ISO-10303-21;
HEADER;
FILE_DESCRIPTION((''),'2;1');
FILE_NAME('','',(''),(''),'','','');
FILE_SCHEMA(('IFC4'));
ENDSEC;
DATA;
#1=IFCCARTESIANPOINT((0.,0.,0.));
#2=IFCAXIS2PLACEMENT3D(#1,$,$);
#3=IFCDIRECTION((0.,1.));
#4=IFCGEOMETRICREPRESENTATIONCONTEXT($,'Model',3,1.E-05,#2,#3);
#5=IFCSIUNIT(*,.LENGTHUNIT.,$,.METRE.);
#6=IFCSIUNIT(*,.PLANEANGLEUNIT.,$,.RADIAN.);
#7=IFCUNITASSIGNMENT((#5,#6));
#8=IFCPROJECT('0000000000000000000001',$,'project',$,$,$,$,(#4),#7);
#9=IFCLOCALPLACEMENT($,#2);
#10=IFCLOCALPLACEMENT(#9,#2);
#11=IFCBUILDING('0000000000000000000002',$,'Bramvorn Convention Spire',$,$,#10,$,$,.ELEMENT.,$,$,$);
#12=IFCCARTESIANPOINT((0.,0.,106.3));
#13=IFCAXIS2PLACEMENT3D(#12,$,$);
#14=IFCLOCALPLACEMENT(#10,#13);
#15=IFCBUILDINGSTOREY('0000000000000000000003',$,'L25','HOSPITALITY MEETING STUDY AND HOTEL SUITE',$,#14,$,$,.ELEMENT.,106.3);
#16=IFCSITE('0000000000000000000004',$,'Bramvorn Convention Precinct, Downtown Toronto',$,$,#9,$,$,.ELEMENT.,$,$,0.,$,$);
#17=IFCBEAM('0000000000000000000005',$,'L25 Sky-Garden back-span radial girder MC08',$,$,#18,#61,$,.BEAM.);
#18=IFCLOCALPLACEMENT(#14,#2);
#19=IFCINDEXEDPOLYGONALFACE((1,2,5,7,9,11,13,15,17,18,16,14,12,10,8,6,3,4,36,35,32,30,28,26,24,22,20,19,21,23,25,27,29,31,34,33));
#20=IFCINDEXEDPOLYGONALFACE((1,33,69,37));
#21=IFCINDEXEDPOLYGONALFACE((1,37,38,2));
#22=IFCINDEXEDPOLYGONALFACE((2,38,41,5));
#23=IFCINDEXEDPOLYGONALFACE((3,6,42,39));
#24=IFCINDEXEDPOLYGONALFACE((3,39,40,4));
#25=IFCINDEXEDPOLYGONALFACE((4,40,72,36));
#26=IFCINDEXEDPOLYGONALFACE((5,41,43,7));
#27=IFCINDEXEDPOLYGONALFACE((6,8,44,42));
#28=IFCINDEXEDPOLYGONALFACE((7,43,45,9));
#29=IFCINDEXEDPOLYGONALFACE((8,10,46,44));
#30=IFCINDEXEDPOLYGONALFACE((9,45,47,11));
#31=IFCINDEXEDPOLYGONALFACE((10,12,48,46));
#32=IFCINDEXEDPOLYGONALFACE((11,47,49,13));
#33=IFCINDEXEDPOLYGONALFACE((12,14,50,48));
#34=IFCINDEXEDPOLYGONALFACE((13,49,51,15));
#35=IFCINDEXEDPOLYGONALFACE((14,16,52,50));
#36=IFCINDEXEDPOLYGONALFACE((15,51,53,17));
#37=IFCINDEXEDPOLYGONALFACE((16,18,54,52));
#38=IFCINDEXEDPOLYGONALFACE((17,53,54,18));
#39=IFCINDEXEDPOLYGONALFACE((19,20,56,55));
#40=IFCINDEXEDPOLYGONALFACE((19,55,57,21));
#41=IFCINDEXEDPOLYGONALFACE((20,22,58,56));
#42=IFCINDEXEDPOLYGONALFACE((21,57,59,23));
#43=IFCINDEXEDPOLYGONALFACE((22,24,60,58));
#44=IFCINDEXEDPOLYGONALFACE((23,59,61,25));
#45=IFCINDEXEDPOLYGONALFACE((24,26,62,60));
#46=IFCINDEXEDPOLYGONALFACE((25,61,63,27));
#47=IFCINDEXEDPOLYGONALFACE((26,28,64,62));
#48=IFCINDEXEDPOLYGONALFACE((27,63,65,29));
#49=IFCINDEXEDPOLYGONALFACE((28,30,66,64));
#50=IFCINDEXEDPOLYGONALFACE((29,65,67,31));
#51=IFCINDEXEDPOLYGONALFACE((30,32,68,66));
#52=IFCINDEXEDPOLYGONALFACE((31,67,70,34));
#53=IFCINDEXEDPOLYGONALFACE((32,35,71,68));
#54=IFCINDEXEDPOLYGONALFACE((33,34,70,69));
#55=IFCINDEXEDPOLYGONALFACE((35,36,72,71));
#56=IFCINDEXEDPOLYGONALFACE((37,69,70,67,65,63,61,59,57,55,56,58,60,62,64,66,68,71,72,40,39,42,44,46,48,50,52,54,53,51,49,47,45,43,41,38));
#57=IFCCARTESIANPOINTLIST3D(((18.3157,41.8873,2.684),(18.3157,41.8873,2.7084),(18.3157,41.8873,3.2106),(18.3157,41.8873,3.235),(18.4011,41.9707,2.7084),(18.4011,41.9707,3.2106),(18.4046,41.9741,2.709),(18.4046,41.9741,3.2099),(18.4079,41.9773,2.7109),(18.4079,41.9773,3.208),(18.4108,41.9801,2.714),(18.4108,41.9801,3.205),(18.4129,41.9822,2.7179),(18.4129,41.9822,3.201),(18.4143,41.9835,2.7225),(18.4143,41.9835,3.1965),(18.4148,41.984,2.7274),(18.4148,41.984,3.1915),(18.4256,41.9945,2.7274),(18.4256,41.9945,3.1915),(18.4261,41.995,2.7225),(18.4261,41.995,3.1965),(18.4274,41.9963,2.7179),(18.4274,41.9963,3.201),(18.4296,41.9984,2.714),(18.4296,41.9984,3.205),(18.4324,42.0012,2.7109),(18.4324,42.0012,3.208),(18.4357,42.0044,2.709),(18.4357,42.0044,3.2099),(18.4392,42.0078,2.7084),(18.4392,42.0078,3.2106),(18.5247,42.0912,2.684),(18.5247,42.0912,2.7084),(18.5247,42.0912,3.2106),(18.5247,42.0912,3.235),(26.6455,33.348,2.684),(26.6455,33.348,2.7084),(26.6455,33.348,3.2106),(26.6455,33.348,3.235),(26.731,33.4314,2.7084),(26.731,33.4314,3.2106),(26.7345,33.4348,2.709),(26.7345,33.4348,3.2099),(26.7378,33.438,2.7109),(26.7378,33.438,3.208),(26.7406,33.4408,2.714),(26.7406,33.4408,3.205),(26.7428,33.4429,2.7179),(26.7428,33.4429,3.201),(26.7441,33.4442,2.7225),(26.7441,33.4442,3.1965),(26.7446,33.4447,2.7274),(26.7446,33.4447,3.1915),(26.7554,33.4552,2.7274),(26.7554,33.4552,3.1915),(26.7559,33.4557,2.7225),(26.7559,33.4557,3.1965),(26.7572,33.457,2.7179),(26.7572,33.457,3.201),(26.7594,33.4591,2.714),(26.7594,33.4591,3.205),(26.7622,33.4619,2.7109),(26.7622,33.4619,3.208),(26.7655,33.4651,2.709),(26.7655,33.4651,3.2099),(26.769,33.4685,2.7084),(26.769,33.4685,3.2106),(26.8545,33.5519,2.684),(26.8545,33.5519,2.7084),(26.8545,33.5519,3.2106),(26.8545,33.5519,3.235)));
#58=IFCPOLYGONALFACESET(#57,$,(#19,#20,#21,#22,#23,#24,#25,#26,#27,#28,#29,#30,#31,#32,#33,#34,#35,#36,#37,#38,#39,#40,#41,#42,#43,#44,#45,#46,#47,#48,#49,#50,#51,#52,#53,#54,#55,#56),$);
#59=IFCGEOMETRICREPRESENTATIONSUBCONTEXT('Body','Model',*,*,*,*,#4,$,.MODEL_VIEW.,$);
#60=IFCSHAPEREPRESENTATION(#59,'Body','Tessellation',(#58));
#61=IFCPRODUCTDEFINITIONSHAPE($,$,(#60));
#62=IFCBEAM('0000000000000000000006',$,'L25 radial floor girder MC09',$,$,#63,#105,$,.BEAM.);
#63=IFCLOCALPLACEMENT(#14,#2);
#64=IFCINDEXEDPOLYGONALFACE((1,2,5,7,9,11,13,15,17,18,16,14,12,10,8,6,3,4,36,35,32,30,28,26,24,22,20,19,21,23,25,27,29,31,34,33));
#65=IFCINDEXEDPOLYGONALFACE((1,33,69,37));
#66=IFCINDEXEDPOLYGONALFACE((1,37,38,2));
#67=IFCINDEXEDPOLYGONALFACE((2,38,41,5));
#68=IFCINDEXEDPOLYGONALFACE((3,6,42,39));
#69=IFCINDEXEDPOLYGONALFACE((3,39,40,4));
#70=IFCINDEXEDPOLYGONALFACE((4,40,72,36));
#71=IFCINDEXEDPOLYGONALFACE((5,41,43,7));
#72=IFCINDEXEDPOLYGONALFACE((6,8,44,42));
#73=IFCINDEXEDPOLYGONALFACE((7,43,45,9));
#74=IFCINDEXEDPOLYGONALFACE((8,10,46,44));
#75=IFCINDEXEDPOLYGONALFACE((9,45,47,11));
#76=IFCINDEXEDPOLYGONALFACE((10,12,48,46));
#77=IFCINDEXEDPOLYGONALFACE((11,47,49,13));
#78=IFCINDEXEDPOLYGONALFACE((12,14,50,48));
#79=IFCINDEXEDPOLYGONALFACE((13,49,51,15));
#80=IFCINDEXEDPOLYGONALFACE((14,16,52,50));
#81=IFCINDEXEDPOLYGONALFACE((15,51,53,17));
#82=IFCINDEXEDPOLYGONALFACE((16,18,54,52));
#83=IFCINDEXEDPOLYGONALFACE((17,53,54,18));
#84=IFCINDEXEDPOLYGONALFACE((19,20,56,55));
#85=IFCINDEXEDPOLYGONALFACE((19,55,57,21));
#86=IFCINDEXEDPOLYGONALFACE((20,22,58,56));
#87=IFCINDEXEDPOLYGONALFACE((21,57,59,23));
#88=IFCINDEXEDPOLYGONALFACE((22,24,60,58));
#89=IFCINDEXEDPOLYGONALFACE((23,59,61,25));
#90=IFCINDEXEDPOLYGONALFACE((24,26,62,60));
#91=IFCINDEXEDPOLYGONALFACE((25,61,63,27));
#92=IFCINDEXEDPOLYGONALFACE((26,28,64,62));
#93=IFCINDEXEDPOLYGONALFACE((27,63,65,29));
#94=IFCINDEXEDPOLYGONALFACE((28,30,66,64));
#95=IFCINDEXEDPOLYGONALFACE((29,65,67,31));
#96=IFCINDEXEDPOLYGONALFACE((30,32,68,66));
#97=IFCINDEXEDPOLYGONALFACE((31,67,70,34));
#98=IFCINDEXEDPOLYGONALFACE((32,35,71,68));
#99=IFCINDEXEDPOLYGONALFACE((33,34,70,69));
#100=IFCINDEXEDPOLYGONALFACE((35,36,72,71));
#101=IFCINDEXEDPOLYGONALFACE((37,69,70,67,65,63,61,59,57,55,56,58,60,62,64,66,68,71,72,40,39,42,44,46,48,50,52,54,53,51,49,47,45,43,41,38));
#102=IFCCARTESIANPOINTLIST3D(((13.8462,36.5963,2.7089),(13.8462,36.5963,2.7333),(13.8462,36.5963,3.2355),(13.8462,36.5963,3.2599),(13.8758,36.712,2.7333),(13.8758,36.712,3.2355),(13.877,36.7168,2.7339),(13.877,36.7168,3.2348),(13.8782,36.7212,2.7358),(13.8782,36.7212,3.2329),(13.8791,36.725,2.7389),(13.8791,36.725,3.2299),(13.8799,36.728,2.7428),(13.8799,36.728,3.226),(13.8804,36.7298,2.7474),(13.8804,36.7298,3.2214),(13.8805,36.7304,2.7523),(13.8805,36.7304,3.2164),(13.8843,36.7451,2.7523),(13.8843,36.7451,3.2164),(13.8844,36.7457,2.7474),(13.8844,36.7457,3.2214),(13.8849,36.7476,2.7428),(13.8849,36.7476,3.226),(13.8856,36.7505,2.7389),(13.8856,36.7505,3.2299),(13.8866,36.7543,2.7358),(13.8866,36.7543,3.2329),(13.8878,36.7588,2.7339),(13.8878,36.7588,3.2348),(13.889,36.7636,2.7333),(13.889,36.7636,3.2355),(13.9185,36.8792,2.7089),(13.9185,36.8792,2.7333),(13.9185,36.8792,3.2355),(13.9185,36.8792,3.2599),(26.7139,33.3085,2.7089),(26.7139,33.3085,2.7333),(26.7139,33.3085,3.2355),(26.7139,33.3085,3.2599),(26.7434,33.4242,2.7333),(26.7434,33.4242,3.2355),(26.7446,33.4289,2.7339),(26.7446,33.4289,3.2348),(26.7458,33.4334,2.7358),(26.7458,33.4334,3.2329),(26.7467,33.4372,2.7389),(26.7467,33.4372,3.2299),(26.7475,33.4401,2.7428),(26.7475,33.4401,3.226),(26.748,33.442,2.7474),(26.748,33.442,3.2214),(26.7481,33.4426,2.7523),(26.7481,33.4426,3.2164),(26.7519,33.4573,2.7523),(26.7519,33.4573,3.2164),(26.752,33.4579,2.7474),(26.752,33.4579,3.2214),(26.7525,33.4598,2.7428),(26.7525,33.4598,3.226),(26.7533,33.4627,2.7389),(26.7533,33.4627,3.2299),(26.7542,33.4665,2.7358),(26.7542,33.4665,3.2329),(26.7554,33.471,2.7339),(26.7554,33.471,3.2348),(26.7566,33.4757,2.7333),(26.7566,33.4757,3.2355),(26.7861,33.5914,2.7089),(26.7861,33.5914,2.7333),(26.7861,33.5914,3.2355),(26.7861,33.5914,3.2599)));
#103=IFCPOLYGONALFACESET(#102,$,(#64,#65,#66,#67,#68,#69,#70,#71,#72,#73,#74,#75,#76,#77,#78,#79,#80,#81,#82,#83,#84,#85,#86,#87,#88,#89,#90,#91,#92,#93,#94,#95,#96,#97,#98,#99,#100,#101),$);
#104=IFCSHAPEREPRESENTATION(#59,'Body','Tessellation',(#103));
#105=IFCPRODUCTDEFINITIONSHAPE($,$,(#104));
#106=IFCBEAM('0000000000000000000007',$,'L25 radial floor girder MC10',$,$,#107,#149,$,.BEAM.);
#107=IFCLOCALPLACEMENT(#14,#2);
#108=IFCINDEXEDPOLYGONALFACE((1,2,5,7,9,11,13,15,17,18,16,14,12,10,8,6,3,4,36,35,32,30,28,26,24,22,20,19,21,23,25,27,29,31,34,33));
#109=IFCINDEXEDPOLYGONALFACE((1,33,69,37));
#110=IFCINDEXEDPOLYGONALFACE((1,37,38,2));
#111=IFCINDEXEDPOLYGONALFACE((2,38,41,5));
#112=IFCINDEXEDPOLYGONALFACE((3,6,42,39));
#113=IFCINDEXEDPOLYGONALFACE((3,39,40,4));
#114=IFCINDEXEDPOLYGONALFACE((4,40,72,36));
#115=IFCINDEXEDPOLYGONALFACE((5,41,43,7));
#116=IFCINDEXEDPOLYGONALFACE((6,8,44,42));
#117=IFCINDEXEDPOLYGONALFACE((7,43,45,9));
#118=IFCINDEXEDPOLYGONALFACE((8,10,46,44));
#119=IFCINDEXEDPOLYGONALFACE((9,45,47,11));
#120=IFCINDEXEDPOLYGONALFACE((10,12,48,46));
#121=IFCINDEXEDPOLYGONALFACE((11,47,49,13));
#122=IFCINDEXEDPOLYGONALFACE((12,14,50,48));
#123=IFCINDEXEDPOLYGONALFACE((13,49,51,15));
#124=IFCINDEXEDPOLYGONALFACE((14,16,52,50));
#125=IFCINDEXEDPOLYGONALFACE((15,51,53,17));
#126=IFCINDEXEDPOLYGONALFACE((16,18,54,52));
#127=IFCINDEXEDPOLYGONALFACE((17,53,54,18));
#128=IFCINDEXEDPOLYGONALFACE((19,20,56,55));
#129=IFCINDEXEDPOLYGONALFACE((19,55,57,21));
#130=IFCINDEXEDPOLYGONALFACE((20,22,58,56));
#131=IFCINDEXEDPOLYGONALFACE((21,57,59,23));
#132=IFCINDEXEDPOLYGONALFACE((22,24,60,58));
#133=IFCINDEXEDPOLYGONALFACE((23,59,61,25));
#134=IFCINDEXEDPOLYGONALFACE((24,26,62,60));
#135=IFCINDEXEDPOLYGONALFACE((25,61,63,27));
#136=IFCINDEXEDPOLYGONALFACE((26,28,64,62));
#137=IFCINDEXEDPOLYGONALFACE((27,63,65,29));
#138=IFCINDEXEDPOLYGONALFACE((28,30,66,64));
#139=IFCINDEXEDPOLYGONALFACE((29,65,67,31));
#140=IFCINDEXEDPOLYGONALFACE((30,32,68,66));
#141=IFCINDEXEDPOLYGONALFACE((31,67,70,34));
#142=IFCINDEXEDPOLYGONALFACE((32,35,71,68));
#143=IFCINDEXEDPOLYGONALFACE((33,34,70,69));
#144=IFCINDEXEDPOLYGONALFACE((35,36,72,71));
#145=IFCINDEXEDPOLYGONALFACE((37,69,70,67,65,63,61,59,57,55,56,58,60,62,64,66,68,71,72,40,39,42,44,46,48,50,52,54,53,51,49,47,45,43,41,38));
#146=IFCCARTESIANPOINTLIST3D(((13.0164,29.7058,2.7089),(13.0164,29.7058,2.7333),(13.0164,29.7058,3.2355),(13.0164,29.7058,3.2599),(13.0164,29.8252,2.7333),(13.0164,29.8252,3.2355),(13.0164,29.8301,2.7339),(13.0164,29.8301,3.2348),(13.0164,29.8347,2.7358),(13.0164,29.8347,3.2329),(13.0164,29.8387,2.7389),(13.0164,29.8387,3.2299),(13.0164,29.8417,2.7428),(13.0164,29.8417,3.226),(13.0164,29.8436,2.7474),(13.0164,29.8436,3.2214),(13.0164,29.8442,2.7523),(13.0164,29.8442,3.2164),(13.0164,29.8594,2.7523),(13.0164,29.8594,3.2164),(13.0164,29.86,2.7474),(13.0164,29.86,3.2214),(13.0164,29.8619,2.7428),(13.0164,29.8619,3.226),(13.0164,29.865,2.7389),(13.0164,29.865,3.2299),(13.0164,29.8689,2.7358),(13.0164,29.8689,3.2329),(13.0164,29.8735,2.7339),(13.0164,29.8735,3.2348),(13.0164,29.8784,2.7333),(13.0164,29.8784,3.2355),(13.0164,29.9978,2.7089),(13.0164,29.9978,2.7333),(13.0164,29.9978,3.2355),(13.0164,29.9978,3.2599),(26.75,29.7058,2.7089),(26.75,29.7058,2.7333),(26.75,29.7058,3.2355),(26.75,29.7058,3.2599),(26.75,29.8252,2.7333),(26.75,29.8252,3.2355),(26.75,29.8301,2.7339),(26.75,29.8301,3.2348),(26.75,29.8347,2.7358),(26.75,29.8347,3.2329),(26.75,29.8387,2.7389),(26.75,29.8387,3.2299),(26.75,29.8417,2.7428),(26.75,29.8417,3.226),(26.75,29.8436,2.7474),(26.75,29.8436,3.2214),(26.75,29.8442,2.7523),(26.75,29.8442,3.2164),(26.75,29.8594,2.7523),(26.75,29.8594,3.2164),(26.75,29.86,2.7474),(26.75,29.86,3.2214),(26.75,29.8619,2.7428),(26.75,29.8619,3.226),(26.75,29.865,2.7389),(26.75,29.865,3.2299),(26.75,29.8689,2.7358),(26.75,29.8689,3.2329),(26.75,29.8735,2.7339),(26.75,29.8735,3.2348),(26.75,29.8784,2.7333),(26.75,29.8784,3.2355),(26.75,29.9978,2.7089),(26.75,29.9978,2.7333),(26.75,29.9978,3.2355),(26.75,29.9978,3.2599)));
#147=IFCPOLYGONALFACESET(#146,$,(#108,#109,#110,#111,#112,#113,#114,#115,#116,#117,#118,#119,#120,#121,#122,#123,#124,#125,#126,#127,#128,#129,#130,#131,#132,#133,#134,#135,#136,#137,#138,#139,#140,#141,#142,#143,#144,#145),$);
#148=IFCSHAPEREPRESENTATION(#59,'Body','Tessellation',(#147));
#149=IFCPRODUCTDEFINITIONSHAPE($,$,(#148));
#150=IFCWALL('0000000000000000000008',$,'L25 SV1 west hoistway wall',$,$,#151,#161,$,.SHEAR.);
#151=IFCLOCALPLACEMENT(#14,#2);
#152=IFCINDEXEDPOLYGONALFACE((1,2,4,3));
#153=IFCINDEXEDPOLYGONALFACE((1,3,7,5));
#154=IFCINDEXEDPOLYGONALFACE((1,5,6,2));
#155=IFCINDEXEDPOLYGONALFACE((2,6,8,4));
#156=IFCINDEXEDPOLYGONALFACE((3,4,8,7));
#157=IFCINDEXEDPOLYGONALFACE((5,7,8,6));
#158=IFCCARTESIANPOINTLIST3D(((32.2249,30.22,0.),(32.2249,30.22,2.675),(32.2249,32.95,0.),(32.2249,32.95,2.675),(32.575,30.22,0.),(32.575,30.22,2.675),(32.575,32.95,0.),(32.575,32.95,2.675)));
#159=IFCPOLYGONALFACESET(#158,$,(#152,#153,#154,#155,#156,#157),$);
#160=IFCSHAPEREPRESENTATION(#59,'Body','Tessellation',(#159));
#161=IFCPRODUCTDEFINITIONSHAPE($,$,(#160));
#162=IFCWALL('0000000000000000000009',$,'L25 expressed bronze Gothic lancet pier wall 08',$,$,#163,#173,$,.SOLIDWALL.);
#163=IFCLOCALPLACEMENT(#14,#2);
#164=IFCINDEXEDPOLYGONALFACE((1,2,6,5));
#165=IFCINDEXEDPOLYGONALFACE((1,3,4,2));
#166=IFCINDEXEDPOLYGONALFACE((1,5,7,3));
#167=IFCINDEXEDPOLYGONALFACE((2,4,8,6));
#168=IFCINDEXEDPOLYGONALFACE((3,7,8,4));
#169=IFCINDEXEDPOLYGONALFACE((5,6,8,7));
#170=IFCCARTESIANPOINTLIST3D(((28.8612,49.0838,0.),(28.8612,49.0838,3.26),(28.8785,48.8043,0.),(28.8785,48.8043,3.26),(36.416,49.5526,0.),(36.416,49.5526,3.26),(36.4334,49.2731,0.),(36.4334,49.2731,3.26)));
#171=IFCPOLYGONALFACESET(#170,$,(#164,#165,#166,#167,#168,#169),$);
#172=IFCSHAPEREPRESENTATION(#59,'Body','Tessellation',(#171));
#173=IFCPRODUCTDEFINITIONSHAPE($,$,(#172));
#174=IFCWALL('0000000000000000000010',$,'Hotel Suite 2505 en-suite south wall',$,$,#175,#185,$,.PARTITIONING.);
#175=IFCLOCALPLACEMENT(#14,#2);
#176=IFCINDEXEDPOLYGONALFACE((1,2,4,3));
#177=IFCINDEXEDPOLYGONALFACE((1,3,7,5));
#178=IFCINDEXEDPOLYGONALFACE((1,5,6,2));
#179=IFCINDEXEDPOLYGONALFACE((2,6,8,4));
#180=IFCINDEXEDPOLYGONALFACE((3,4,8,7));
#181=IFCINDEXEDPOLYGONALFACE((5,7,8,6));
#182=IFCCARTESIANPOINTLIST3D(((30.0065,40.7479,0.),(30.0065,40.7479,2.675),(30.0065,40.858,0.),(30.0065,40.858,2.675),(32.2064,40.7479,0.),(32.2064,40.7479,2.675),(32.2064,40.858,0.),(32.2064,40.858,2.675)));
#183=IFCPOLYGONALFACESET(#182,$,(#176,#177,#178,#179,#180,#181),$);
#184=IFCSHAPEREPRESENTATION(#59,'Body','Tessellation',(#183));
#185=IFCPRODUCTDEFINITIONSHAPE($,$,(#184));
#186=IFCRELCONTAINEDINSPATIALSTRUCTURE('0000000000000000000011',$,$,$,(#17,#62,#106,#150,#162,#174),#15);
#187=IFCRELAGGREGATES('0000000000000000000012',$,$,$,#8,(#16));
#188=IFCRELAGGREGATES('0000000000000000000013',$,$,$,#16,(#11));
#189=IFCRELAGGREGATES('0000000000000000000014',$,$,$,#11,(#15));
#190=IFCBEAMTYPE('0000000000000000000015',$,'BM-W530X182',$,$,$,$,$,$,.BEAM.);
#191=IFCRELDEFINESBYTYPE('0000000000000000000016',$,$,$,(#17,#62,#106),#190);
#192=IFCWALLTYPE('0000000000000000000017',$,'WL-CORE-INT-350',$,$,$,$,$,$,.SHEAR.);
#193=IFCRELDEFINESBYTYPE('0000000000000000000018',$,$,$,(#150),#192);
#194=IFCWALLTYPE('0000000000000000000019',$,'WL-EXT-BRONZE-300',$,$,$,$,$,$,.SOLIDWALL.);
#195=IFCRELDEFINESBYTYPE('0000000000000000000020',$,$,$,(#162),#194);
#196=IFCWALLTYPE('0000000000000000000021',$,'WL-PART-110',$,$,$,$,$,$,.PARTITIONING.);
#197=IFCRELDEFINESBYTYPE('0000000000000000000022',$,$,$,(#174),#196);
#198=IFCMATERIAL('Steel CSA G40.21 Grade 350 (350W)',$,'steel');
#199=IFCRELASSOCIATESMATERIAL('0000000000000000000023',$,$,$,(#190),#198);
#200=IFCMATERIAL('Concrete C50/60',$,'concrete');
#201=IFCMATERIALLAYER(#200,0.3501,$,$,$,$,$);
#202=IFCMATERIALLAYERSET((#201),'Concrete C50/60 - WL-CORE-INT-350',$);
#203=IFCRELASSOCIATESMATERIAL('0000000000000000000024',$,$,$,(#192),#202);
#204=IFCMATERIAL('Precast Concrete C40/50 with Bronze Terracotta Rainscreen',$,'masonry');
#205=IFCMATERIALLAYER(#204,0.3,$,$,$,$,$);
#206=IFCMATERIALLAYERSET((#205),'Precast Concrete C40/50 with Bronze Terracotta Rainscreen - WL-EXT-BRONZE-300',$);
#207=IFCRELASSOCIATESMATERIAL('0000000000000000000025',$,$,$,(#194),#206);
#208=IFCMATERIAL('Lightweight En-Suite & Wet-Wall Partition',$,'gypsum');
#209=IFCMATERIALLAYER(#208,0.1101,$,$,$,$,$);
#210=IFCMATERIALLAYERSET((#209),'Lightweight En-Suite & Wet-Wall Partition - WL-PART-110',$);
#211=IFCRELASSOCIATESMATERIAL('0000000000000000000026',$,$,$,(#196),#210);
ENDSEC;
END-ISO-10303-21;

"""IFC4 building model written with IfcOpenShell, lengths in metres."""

from ifc_helpers import new_model, si_unit, direction, frame, frame_2d, origin, origin_2d, place, context, subcontext, project, spatial, rectangle, i_section, extrude, material, layer, layer_set, material_profile, profile_set, type_object, element, save


model = new_model("IFC4")

# Units and contexts
model_context = context("Model", 3, precision=1e-05, world=origin(), true_north=direction((0.0, 1.0)))
body_context = subcontext(model_context, "Body", "Model", "MODEL_VIEW")
ifc_project = project(units=[si_unit("LENGTHUNIT", "METRE"), si_unit("PLANEANGLEUNIT", "RADIAN")], contexts=[model_context])

# Site, building, storey
site_placement = place(None, origin())
site = spatial("IfcSite", under=ifc_project, at=site_placement, Name="Bramvorn Convention Precinct, Downtown Toronto", CompositionType="ELEMENT", RefElevation=0.0)
building_placement = place(site_placement, origin())
building = spatial("IfcBuilding", under=site, at=building_placement, Name="Bramvorn Convention Spire", CompositionType="ELEMENT")
storey_placement = place(building_placement, frame((0.0, 0.0, 106.3)))
storey = spatial("IfcBuildingStorey", under=building, at=storey_placement, Name="L25", Description="HOSPITALITY MEETING STUDY AND HOTEL SUITE", CompositionType="ELEMENT", Elevation=106.3)

# Beams
ifc_material_1 = material(Name="Steel CSA G40.21 Grade 350 (350W)", Category="steel")
ifc_material_profile_1 = material_profile(ifc_material_1, i_section(OverallWidth=0.292, OverallDepth=0.551, WebThickness=0.0151, FlangeThickness=0.0244, FilletRadius=0.019, at=origin_2d()))
ifc_profile_set_1 = profile_set([ifc_material_profile_1], Name="Steel CSA G40.21 Grade 350 (350W) - W530X182")
beam_type_1 = type_object("IfcBeamType", Name="BM-W530X182", PredefinedType="BEAM", material=ifc_profile_set_1)
beam_1_placement = place(storey_placement, frame((26.75, 33.45, 2.9595), z_axis=(-0.698272, 0.715832, 0.0), x_axis=(-0.715832, -0.698272, 0.0)))
element("IfcBeam", 1, at=beam_1_placement, inside=storey, type_object=beam_type_1, Name="L25 Sky-Garden back-span radial girder MC08", PredefinedType="BEAM", context=body_context, shape_type="SweptSolid", body=[
    extrude(i_section(OverallWidth=0.292, OverallDepth=0.551, WebThickness=0.0151, FlangeThickness=0.0244, FilletRadius=0.019, at=origin_2d()), origin(), (0.0, 0.0, 1.0), 11.9292),
])
beam_2_placement = place(storey_placement, frame((26.75, 33.45, 2.9844), z_axis=(-0.968873, 0.247558, 0.0), x_axis=(-0.247558, -0.968873, 0.0)))
element("IfcBeam", 2, at=beam_2_placement, inside=storey, type_object=beam_type_1, Name="L25 radial floor girder MC09", PredefinedType="BEAM", context=body_context, shape_type="SweptSolid", body=[
    extrude(i_section(OverallWidth=0.292, OverallDepth=0.551, WebThickness=0.0151, FlangeThickness=0.0244, FilletRadius=0.019, at=origin_2d()), origin(), (0.0, 0.0, 1.0), 13.281),
])
beam_3_placement = place(storey_placement, frame((26.75, 29.8518, 2.9844), z_axis=(-1.0, 0.0, 0.0), x_axis=(0.0, -1.0, 0.0)))
element("IfcBeam", 3, at=beam_3_placement, inside=storey, type_object=beam_type_1, Name="L25 radial floor girder MC10", PredefinedType="BEAM", context=body_context, shape_type="SweptSolid", body=[
    extrude(i_section(OverallWidth=0.292, OverallDepth=0.551, WebThickness=0.0151, FlangeThickness=0.0244, FilletRadius=0.019, at=origin_2d()), origin(), (0.0, 0.0, 1.0), 13.7336),
])

# Shared definitions
ifc_material_2 = material(Name="Concrete C50/60", Category="concrete")
ifc_layer_1 = layer(ifc_material_2, 0.3501)
ifc_layer_set_1 = layer_set([ifc_layer_1], Name="Concrete C50/60 - WL-CORE-INT-350")
wall_type_1 = type_object("IfcWallType", Name="WL-CORE-INT-350", PredefinedType="SHEAR", material=ifc_layer_set_1)

# Walls
wall_1_placement = place(storey_placement, frame((32.3999, 30.22, 0.0), z_axis=(0.0, 0.0, 1.0), x_axis=(0.0, 1.0, 0.0)))
element("IfcWall", 4, at=wall_1_placement, inside=storey, type_object=wall_type_1, Name="L25 SV1 west hoistway wall", PredefinedType="SHEAR", context=body_context, shape_type="SweptSolid", body=[
    extrude(rectangle(XDim=2.73, YDim=0.3501, at=frame_2d((1.365, 0.0))), origin(), (0.0, 0.0, 1.0), 2.675),
])
ifc_material_3 = material(Name="Precast Concrete C40/50 with Bronze Terracotta Rainscreen", Category="masonry")
ifc_layer_2 = layer(ifc_material_3, 0.3)
ifc_layer_set_2 = layer_set([ifc_layer_2], Name="Precast Concrete C40/50 with Bronze Terracotta Rainscreen - WL-EXT-BRONZE-300")
wall_type_2 = type_object("IfcWallType", Name="WL-EXT-BRONZE-300", PredefinedType="SOLIDWALL", material=ifc_layer_set_2)
wall_2_placement = place(storey_placement, frame((28.8699, 48.9441, 0.0), z_axis=(0.0, 0.0, 1.0), x_axis=(0.998081, 0.061928, 0.0)))
element("IfcWall", 5, at=wall_2_placement, inside=storey, type_object=wall_type_2, Name="L25 expressed bronze Gothic lancet pier wall 08", PredefinedType="SOLIDWALL", context=body_context, shape_type="SweptSolid", body=[
    extrude(rectangle(XDim=7.5693, YDim=0.28, at=frame_2d((3.7847, 0.0))), origin(), (0.0, 0.0, 1.0), 3.26),
])
ifc_material_4 = material(Name="Lightweight En-Suite & Wet-Wall Partition", Category="gypsum")
ifc_layer_3 = layer(ifc_material_4, 0.1101)
ifc_layer_set_3 = layer_set([ifc_layer_3], Name="Lightweight En-Suite & Wet-Wall Partition - WL-PART-110")
wall_type_3 = type_object("IfcWallType", Name="WL-PART-110", PredefinedType="PARTITIONING", material=ifc_layer_set_3)
wall_3_placement = place(storey_placement, frame((30.0063, 40.803, 0.0), z_axis=(0.0, 0.0, 1.0), x_axis=(1.0, 0.0, 0.0)))
element("IfcWall", 6, at=wall_3_placement, inside=storey, type_object=wall_type_3, Name="Hotel Suite 2505 en-suite south wall", PredefinedType="PARTITIONING", context=body_context, shape_type="SweptSolid", body=[
    extrude(rectangle(XDim=2.2, YDim=0.1101, at=frame_2d((1.1001, 0.0))), origin(), (0.0, 0.0, 1.0), 2.675),
])

save(model, "model.ifc")
